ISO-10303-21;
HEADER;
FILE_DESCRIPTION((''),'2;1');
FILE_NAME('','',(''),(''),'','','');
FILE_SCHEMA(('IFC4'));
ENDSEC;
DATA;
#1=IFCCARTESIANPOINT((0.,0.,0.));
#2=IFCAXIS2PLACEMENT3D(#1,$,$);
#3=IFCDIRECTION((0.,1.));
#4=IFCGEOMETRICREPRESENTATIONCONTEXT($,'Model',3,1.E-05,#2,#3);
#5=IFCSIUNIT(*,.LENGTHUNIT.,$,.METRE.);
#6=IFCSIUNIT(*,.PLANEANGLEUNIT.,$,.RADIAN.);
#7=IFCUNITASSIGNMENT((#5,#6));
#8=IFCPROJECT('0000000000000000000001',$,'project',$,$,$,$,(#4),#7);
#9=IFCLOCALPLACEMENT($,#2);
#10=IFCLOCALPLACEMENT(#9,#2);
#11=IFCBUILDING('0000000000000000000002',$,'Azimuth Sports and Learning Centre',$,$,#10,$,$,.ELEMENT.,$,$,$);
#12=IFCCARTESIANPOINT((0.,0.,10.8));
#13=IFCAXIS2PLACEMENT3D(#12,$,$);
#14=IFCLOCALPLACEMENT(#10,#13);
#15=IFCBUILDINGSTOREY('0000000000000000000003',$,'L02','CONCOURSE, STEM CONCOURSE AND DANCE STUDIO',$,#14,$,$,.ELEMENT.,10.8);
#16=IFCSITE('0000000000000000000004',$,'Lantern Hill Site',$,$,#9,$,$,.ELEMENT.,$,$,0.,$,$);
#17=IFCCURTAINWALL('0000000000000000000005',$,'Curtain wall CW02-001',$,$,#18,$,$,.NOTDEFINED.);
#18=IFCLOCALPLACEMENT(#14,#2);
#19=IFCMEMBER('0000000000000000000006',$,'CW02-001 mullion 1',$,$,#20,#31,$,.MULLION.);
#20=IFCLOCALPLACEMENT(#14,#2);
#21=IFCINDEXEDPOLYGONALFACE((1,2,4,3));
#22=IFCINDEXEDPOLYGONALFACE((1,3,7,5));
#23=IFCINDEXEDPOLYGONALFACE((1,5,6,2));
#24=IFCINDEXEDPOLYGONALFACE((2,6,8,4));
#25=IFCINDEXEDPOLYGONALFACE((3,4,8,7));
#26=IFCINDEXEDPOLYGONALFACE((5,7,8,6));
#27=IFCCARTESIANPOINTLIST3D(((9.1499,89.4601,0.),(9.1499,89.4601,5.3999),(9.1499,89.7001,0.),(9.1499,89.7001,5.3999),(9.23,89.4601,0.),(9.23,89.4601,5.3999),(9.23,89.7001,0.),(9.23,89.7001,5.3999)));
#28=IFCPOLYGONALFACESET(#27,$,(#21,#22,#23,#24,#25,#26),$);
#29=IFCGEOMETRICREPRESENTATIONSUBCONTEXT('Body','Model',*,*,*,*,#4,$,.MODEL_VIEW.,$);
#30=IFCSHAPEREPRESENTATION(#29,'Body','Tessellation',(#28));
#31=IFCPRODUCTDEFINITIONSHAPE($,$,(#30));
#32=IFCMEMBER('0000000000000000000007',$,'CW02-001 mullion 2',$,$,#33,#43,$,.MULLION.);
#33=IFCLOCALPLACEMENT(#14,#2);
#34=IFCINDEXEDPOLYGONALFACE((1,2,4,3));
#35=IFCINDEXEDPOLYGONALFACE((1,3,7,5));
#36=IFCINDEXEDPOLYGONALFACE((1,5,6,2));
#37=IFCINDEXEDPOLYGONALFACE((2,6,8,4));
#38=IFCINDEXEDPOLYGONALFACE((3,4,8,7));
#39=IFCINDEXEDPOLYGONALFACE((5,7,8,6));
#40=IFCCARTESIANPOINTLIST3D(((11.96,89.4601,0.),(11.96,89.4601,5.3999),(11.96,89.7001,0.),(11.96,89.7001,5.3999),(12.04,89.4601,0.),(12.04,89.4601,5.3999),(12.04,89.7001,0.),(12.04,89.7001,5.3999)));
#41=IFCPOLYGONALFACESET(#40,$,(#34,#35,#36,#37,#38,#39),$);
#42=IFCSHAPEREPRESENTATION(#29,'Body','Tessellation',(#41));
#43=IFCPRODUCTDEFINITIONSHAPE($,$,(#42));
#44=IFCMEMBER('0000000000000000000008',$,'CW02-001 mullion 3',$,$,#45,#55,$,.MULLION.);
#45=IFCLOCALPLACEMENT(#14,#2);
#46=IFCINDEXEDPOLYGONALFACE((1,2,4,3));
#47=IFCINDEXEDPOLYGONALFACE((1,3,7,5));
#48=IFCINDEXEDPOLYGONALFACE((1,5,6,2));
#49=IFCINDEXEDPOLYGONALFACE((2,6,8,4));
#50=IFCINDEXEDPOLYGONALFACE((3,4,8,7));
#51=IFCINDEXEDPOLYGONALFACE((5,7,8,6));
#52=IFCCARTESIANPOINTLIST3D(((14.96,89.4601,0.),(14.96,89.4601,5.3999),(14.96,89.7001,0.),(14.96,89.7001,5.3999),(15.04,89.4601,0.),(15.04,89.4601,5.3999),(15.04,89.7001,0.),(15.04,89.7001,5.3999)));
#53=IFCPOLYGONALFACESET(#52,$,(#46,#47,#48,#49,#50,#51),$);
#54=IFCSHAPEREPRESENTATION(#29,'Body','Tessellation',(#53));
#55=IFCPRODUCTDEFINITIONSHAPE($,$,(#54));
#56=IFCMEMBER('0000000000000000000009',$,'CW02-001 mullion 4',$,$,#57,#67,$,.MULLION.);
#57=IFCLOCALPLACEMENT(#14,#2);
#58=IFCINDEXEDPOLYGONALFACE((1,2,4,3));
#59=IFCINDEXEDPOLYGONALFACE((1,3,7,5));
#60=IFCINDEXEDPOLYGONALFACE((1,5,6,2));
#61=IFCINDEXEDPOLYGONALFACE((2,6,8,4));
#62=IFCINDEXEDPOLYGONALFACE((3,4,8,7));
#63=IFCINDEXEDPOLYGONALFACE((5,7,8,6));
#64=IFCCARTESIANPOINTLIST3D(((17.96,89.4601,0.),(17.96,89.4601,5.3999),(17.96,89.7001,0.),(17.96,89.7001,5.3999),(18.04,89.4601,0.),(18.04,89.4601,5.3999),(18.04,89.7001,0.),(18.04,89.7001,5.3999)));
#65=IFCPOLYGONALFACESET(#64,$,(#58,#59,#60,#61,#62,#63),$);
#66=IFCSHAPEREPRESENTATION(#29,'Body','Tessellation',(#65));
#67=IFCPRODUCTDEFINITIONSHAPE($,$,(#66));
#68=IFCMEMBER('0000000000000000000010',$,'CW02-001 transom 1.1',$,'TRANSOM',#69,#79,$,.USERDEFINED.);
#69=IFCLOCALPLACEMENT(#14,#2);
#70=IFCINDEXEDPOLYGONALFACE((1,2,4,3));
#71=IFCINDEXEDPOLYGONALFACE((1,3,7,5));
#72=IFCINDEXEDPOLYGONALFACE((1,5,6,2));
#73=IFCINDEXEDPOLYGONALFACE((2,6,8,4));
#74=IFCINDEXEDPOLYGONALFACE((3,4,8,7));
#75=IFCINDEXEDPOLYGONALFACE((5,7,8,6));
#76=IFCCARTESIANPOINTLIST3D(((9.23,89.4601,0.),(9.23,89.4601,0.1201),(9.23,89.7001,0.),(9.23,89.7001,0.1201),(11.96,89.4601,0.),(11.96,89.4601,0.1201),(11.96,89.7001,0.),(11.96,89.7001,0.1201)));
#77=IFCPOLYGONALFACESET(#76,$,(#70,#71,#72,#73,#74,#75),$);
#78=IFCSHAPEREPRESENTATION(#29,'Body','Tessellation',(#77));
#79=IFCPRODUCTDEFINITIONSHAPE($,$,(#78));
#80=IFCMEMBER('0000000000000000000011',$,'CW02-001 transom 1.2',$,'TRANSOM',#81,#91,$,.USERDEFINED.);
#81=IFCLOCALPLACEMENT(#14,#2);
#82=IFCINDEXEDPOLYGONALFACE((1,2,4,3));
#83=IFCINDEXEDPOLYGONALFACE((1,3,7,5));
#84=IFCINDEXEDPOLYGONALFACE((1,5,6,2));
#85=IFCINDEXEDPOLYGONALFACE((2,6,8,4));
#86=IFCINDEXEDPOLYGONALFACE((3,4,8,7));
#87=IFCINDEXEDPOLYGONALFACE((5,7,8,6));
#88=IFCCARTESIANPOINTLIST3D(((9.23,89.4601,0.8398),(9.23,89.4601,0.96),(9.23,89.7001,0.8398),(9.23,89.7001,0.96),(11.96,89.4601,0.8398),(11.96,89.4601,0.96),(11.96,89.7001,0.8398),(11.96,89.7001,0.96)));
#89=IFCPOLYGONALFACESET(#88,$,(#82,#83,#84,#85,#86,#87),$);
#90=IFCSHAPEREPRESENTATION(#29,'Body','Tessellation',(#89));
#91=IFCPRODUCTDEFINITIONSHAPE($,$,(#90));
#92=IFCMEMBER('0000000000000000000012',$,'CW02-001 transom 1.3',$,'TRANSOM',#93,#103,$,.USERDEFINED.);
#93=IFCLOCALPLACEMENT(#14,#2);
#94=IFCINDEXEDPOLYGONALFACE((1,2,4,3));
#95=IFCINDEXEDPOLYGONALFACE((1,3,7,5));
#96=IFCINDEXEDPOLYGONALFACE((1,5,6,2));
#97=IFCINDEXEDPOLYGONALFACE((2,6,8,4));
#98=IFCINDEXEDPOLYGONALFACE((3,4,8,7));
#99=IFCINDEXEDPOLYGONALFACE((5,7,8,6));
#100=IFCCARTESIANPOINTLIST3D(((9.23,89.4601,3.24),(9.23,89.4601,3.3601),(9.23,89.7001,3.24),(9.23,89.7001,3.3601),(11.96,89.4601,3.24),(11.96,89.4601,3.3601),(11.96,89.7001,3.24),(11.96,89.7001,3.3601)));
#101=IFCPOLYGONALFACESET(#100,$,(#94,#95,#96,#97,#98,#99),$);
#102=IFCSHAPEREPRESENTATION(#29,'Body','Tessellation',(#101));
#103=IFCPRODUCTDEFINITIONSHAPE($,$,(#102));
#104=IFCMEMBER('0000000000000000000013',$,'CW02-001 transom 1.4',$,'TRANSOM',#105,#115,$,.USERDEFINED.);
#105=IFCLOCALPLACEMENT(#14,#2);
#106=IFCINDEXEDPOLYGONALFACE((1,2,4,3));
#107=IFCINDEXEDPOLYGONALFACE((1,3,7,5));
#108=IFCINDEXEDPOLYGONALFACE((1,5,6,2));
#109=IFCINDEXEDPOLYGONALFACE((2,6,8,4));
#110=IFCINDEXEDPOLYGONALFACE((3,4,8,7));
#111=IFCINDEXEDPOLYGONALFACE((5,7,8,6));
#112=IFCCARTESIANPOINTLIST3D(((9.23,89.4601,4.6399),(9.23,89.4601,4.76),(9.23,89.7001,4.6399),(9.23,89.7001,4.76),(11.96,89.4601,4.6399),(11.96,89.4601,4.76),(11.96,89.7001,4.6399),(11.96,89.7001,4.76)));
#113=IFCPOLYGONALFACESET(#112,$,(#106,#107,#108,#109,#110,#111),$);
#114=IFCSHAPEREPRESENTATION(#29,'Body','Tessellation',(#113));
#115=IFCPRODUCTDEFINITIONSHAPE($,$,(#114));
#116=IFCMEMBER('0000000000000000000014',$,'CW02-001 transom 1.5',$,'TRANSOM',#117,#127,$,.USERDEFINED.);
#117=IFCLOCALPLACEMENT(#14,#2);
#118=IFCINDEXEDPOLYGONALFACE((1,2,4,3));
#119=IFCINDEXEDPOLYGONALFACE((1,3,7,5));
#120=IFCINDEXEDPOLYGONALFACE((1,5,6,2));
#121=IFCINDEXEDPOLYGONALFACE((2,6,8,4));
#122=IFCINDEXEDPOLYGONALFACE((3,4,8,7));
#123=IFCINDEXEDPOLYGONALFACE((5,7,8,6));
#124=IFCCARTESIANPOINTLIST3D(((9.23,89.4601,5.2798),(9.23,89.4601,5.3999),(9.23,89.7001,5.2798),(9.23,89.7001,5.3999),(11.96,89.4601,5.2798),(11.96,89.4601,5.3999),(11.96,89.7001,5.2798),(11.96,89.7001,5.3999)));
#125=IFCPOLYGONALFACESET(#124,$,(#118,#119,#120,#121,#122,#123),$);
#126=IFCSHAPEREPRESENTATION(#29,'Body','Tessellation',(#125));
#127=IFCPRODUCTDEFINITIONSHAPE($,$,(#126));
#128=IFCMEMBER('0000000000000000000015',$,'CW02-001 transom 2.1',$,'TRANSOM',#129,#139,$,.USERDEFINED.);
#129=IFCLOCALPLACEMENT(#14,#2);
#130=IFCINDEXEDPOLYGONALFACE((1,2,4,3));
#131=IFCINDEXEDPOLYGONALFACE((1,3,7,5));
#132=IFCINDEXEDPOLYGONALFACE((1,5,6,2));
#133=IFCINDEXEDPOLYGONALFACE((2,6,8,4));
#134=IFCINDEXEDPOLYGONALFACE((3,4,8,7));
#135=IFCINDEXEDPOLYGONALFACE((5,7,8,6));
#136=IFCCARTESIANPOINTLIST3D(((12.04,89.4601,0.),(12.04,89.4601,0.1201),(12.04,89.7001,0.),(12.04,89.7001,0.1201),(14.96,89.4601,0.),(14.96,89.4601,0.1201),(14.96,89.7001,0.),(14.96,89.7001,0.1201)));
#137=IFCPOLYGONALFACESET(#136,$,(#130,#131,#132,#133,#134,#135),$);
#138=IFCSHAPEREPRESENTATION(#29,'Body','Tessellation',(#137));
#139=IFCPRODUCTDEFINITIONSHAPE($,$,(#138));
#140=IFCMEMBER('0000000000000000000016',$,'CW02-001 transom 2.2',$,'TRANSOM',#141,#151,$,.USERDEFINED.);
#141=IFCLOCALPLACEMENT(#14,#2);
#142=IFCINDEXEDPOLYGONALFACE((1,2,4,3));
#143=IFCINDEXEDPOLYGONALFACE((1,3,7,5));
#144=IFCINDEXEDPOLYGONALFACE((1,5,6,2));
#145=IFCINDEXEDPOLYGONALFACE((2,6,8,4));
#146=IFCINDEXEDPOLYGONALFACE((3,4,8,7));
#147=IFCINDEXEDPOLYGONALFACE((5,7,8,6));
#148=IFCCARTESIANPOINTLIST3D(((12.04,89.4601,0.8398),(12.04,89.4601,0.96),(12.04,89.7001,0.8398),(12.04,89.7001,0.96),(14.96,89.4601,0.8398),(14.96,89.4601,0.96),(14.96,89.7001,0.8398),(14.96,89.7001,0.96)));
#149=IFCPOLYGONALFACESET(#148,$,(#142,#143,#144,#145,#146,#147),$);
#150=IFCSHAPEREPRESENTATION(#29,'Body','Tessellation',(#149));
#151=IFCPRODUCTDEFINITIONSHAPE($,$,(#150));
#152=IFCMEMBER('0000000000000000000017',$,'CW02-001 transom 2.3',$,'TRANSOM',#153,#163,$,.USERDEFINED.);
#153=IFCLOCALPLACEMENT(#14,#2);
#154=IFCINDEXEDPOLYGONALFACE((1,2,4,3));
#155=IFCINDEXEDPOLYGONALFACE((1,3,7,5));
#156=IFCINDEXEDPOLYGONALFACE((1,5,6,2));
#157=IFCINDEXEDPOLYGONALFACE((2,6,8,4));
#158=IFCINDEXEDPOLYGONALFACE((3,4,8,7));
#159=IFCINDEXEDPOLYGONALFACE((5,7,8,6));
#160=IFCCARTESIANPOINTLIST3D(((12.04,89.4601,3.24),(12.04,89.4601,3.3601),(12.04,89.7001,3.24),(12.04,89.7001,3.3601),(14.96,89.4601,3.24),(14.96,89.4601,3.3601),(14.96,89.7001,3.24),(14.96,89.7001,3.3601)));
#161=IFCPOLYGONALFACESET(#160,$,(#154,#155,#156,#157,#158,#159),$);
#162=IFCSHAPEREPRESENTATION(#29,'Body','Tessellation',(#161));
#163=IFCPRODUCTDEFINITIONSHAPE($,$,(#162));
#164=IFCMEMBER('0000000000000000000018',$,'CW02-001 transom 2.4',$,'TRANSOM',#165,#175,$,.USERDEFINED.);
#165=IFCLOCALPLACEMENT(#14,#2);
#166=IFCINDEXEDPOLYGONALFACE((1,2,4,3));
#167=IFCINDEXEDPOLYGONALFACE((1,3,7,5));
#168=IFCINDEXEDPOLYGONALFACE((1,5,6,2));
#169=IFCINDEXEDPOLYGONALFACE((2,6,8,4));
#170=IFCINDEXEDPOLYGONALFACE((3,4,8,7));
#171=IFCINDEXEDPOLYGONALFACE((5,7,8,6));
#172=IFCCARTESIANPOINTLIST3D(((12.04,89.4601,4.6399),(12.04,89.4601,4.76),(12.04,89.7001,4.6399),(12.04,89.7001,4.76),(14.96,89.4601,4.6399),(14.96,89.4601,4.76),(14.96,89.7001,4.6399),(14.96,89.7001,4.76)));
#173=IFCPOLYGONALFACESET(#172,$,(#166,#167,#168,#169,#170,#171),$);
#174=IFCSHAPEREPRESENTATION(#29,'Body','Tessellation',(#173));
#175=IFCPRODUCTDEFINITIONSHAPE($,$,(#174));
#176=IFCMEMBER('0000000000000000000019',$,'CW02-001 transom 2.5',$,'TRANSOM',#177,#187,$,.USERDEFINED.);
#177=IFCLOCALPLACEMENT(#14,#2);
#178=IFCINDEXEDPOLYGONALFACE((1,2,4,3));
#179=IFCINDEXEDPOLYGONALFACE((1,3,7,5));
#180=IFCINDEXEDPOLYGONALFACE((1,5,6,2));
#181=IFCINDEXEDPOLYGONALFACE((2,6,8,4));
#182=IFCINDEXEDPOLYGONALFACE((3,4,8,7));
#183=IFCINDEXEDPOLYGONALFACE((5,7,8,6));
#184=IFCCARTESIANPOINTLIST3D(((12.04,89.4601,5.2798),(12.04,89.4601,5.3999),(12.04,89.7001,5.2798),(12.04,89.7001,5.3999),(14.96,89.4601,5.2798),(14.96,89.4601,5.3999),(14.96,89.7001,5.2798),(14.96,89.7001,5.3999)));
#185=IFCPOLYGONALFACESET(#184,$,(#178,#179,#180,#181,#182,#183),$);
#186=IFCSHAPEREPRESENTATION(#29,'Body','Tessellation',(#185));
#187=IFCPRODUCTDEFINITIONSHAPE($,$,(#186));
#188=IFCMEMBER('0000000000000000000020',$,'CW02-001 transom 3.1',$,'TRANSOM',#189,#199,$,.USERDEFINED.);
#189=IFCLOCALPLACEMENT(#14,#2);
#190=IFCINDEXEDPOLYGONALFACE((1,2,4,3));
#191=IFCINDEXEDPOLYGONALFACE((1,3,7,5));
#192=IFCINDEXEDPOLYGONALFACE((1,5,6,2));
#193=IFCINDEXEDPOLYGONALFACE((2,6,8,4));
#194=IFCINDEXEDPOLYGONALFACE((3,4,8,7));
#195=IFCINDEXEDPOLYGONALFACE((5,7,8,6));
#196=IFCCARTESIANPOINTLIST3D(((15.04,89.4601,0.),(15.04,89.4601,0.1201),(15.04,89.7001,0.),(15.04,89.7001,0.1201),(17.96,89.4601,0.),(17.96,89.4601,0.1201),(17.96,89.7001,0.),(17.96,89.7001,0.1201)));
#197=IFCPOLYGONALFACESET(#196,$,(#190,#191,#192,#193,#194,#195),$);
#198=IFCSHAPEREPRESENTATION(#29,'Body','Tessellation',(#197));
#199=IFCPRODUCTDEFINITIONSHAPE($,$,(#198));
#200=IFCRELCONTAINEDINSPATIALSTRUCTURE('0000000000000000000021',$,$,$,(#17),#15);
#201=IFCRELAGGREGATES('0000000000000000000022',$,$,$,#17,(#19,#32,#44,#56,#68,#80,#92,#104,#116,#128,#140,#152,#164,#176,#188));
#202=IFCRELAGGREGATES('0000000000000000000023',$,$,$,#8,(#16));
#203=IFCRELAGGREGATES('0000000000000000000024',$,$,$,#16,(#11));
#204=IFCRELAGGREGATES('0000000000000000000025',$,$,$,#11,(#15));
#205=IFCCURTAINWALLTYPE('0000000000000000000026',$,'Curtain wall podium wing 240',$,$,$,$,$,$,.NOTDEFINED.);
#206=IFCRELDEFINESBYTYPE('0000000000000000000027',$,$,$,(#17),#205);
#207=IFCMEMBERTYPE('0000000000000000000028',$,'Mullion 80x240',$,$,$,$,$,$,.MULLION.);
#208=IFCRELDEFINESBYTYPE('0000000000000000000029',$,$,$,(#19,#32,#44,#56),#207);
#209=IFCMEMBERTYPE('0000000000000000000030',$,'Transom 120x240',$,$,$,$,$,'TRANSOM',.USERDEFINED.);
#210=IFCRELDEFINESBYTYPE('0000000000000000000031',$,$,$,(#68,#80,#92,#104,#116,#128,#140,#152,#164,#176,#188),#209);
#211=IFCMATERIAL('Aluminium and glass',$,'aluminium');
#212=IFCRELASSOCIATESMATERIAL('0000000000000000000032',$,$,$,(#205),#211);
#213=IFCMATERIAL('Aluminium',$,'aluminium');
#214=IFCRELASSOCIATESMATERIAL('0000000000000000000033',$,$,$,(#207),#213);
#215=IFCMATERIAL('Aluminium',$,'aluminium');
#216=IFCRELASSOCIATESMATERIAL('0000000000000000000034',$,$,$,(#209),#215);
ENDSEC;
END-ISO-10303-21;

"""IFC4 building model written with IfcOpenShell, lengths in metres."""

from ifc_helpers import new_model, si_unit, direction, frame, origin, origin_2d, place, context, subcontext, project, spatial, rectangle, extrude, material, material_profile, profile_set, type_object, element, aggregate, save


model = new_model("IFC4")

# Units and contexts
model_context = context("Model", 3, precision=1e-05, world=origin(), true_north=direction((0.0, 1.0)))
body_context = subcontext(model_context, "Body", "Model", "MODEL_VIEW")
ifc_project = project(units=[si_unit("LENGTHUNIT", "METRE"), si_unit("PLANEANGLEUNIT", "RADIAN")], contexts=[model_context])

# Site, building, storey
site_placement = place(None, origin())
site = spatial("IfcSite", under=ifc_project, at=site_placement, Name="Lantern Hill Site", CompositionType="ELEMENT", RefElevation=0.0)
building_placement = place(site_placement, origin())
building = spatial("IfcBuilding", under=site, at=building_placement, Name="Azimuth Sports and Learning Centre", CompositionType="ELEMENT")
storey_placement = place(building_placement, frame((0.0, 0.0, 10.8)))
storey = spatial("IfcBuildingStorey", under=building, at=storey_placement, Name="L02", Description="CONCOURSE, STEM CONCOURSE AND DANCE STUDIO", CompositionType="ELEMENT", Elevation=10.8)

# Curtain wall, members
ifc_material_1 = material(Name="Aluminium and glass", Category="aluminium")
curtain_wall_type = type_object("IfcCurtainWallType", Name="Curtain wall podium wing 240", PredefinedType="NOTDEFINED", material=ifc_material_1)
curtain_wall_placement = place(storey_placement, origin())
curtain_wall = element("IfcCurtainWall", 1, at=curtain_wall_placement, inside=storey, type_object=curtain_wall_type, Name="Curtain wall CW02-001", PredefinedType="NOTDEFINED")
ifc_material_2 = material(Name="Aluminium", Category="aluminium")
ifc_material_profile_1 = material_profile(ifc_material_2, rectangle(XDim=0.24, YDim=0.0801, at=origin_2d()), Name="Mullion 80x240")
ifc_profile_set_1 = profile_set([ifc_material_profile_1], Name="Aluminium")
member_type_1 = type_object("IfcMemberType", Name="Mullion 80x240", PredefinedType="MULLION", material=ifc_profile_set_1)
member_1_placement = place(storey_placement, frame((9.1899, 89.5801, 0.0), z_axis=(0.0, 0.0, 1.0), x_axis=(0.0, 1.0, 0.0)))
member_1 = element("IfcMember", 2, at=member_1_placement, type_object=member_type_1, Name="CW02-001 mullion 1", PredefinedType="MULLION", context=body_context, shape_type="SweptSolid", body=[
    extrude(rectangle(XDim=0.24, YDim=0.0801, at=origin_2d()), origin(), (0.0, 0.0, 1.0), 5.3999),
])
member_2_placement = place(storey_placement, frame((12.0, 89.5801, 0.0), z_axis=(0.0, 0.0, 1.0), x_axis=(0.0, 1.0, 0.0)))
member_2 = element("IfcMember", 3, at=member_2_placement, type_object=member_type_1, Name="CW02-001 mullion 2", PredefinedType="MULLION", context=body_context, shape_type="SweptSolid", body=[
    extrude(rectangle(XDim=0.24, YDim=0.0801, at=origin_2d()), origin(), (0.0, 0.0, 1.0), 5.3999),
])
member_3_placement = place(storey_placement, frame((15.0, 89.5801, 0.0), z_axis=(0.0, 0.0, 1.0), x_axis=(0.0, 1.0, 0.0)))
member_3 = element("IfcMember", 4, at=member_3_placement, type_object=member_type_1, Name="CW02-001 mullion 3", PredefinedType="MULLION", context=body_context, shape_type="SweptSolid", body=[
    extrude(rectangle(XDim=0.24, YDim=0.0801, at=origin_2d()), origin(), (0.0, 0.0, 1.0), 5.3999),
])
member_4_placement = place(storey_placement, frame((18.0, 89.5801, 0.0), z_axis=(0.0, 0.0, 1.0), x_axis=(0.0, 1.0, 0.0)))
member_4 = element("IfcMember", 5, at=member_4_placement, type_object=member_type_1, Name="CW02-001 mullion 4", PredefinedType="MULLION", context=body_context, shape_type="SweptSolid", body=[
    extrude(rectangle(XDim=0.24, YDim=0.0801, at=origin_2d()), origin(), (0.0, 0.0, 1.0), 5.3999),
])
ifc_material_3 = material(Name="Aluminium", Category="aluminium")
ifc_material_profile_2 = material_profile(ifc_material_3, rectangle(XDim=0.24, YDim=0.1201, at=origin_2d()), Name="Transom 120x240")
ifc_profile_set_2 = profile_set([ifc_material_profile_2], Name="Aluminium")
member_type_2 = type_object("IfcMemberType", Name="Transom 120x240", ElementType="TRANSOM", PredefinedType="USERDEFINED", material=ifc_profile_set_2)
member_5_placement = place(storey_placement, frame((9.23, 89.5801, 0.0601), z_axis=(1.0, 0.0, 0.0), x_axis=(0.0, 1.0, 0.0)))
member_5 = element("IfcMember", 6, at=member_5_placement, type_object=member_type_2, Name="CW02-001 transom 1.1", ObjectType="TRANSOM", PredefinedType="USERDEFINED", context=body_context, shape_type="SweptSolid", body=[
    extrude(rectangle(XDim=0.24, YDim=0.1201, at=origin_2d()), origin(), (0.0, 0.0, 1.0), 2.73),
])
member_6_placement = place(storey_placement, frame((9.23, 89.5801, 0.8999), z_axis=(1.0, 0.0, 0.0), x_axis=(0.0, 1.0, 0.0)))
member_6 = element("IfcMember", 7, at=member_6_placement, type_object=member_type_2, Name="CW02-001 transom 1.2", ObjectType="TRANSOM", PredefinedType="USERDEFINED", context=body_context, shape_type="SweptSolid", body=[
    extrude(rectangle(XDim=0.24, YDim=0.1201, at=origin_2d()), origin(), (0.0, 0.0, 1.0), 2.73),
])
member_7_placement = place(storey_placement, frame((9.23, 89.5801, 3.3), z_axis=(1.0, 0.0, 0.0), x_axis=(0.0, 1.0, 0.0)))
member_7 = element("IfcMember", 8, at=member_7_placement, type_object=member_type_2, Name="CW02-001 transom 1.3", ObjectType="TRANSOM", PredefinedType="USERDEFINED", context=body_context, shape_type="SweptSolid", body=[
    extrude(rectangle(XDim=0.24, YDim=0.1201, at=origin_2d()), origin(), (0.0, 0.0, 1.0), 2.73),
])
member_8_placement = place(storey_placement, frame((9.23, 89.5801, 4.7), z_axis=(1.0, 0.0, 0.0), x_axis=(0.0, 1.0, 0.0)))
member_8 = element("IfcMember", 9, at=member_8_placement, type_object=member_type_2, Name="CW02-001 transom 1.4", ObjectType="TRANSOM", PredefinedType="USERDEFINED", context=body_context, shape_type="SweptSolid", body=[
    extrude(rectangle(XDim=0.24, YDim=0.1201, at=origin_2d()), origin(), (0.0, 0.0, 1.0), 2.73),
])
member_9_placement = place(storey_placement, frame((9.23, 89.5801, 5.3398), z_axis=(1.0, 0.0, 0.0), x_axis=(0.0, 1.0, 0.0)))
member_9 = element("IfcMember", 10, at=member_9_placement, type_object=member_type_2, Name="CW02-001 transom 1.5", ObjectType="TRANSOM", PredefinedType="USERDEFINED", context=body_context, shape_type="SweptSolid", body=[
    extrude(rectangle(XDim=0.24, YDim=0.1201, at=origin_2d()), origin(), (0.0, 0.0, 1.0), 2.73),
])
member_10_placement = place(storey_placement, frame((12.04, 89.5801, 0.0601), z_axis=(1.0, 0.0, 0.0), x_axis=(0.0, 1.0, 0.0)))
member_10 = element("IfcMember", 11, at=member_10_placement, type_object=member_type_2, Name="CW02-001 transom 2.1", ObjectType="TRANSOM", PredefinedType="USERDEFINED", context=body_context, shape_type="SweptSolid", body=[
    extrude(rectangle(XDim=0.24, YDim=0.1201, at=origin_2d()), origin(), (0.0, 0.0, 1.0), 2.9199),
])
member_11_placement = place(storey_placement, frame((12.04, 89.5801, 0.8999), z_axis=(1.0, 0.0, 0.0), x_axis=(0.0, 1.0, 0.0)))
member_11 = element("IfcMember", 12, at=member_11_placement, type_object=member_type_2, Name="CW02-001 transom 2.2", ObjectType="TRANSOM", PredefinedType="USERDEFINED", context=body_context, shape_type="SweptSolid", body=[
    extrude(rectangle(XDim=0.24, YDim=0.1201, at=origin_2d()), origin(), (0.0, 0.0, 1.0), 2.9199),
])
member_12_placement = place(storey_placement, frame((12.04, 89.5801, 3.3), z_axis=(1.0, 0.0, 0.0), x_axis=(0.0, 1.0, 0.0)))
member_12 = element("IfcMember", 13, at=member_12_placement, type_object=member_type_2, Name="CW02-001 transom 2.3", ObjectType="TRANSOM", PredefinedType="USERDEFINED", context=body_context, shape_type="SweptSolid", body=[
    extrude(rectangle(XDim=0.24, YDim=0.1201, at=origin_2d()), origin(), (0.0, 0.0, 1.0), 2.9199),
])
member_13_placement = place(storey_placement, frame((12.04, 89.5801, 4.7), z_axis=(1.0, 0.0, 0.0), x_axis=(0.0, 1.0, 0.0)))
member_13 = element("IfcMember", 14, at=member_13_placement, type_object=member_type_2, Name="CW02-001 transom 2.4", ObjectType="TRANSOM", PredefinedType="USERDEFINED", context=body_context, shape_type="SweptSolid", body=[
    extrude(rectangle(XDim=0.24, YDim=0.1201, at=origin_2d()), origin(), (0.0, 0.0, 1.0), 2.9199),
])
member_14_placement = place(storey_placement, frame((12.04, 89.5801, 5.3398), z_axis=(1.0, 0.0, 0.0), x_axis=(0.0, 1.0, 0.0)))
member_14 = element("IfcMember", 15, at=member_14_placement, type_object=member_type_2, Name="CW02-001 transom 2.5", ObjectType="TRANSOM", PredefinedType="USERDEFINED", context=body_context, shape_type="SweptSolid", body=[
    extrude(rectangle(XDim=0.24, YDim=0.1201, at=origin_2d()), origin(), (0.0, 0.0, 1.0), 2.9199),
])
member_15_placement = place(storey_placement, frame((15.04, 89.5801, 0.0601), z_axis=(1.0, 0.0, 0.0), x_axis=(0.0, 1.0, 0.0)))
member_15 = element("IfcMember", 16, at=member_15_placement, type_object=member_type_2, Name="CW02-001 transom 3.1", ObjectType="TRANSOM", PredefinedType="USERDEFINED", context=body_context, shape_type="SweptSolid", body=[
    extrude(rectangle(XDim=0.24, YDim=0.1201, at=origin_2d()), origin(), (0.0, 0.0, 1.0), 2.9199),
])
aggregate(curtain_wall, [member_1, member_2, member_3, member_4, member_5, member_6, member_7, member_8, member_9, member_10, member_11, member_12, member_13, member_14, member_15])

save(model, "model.ifc")
